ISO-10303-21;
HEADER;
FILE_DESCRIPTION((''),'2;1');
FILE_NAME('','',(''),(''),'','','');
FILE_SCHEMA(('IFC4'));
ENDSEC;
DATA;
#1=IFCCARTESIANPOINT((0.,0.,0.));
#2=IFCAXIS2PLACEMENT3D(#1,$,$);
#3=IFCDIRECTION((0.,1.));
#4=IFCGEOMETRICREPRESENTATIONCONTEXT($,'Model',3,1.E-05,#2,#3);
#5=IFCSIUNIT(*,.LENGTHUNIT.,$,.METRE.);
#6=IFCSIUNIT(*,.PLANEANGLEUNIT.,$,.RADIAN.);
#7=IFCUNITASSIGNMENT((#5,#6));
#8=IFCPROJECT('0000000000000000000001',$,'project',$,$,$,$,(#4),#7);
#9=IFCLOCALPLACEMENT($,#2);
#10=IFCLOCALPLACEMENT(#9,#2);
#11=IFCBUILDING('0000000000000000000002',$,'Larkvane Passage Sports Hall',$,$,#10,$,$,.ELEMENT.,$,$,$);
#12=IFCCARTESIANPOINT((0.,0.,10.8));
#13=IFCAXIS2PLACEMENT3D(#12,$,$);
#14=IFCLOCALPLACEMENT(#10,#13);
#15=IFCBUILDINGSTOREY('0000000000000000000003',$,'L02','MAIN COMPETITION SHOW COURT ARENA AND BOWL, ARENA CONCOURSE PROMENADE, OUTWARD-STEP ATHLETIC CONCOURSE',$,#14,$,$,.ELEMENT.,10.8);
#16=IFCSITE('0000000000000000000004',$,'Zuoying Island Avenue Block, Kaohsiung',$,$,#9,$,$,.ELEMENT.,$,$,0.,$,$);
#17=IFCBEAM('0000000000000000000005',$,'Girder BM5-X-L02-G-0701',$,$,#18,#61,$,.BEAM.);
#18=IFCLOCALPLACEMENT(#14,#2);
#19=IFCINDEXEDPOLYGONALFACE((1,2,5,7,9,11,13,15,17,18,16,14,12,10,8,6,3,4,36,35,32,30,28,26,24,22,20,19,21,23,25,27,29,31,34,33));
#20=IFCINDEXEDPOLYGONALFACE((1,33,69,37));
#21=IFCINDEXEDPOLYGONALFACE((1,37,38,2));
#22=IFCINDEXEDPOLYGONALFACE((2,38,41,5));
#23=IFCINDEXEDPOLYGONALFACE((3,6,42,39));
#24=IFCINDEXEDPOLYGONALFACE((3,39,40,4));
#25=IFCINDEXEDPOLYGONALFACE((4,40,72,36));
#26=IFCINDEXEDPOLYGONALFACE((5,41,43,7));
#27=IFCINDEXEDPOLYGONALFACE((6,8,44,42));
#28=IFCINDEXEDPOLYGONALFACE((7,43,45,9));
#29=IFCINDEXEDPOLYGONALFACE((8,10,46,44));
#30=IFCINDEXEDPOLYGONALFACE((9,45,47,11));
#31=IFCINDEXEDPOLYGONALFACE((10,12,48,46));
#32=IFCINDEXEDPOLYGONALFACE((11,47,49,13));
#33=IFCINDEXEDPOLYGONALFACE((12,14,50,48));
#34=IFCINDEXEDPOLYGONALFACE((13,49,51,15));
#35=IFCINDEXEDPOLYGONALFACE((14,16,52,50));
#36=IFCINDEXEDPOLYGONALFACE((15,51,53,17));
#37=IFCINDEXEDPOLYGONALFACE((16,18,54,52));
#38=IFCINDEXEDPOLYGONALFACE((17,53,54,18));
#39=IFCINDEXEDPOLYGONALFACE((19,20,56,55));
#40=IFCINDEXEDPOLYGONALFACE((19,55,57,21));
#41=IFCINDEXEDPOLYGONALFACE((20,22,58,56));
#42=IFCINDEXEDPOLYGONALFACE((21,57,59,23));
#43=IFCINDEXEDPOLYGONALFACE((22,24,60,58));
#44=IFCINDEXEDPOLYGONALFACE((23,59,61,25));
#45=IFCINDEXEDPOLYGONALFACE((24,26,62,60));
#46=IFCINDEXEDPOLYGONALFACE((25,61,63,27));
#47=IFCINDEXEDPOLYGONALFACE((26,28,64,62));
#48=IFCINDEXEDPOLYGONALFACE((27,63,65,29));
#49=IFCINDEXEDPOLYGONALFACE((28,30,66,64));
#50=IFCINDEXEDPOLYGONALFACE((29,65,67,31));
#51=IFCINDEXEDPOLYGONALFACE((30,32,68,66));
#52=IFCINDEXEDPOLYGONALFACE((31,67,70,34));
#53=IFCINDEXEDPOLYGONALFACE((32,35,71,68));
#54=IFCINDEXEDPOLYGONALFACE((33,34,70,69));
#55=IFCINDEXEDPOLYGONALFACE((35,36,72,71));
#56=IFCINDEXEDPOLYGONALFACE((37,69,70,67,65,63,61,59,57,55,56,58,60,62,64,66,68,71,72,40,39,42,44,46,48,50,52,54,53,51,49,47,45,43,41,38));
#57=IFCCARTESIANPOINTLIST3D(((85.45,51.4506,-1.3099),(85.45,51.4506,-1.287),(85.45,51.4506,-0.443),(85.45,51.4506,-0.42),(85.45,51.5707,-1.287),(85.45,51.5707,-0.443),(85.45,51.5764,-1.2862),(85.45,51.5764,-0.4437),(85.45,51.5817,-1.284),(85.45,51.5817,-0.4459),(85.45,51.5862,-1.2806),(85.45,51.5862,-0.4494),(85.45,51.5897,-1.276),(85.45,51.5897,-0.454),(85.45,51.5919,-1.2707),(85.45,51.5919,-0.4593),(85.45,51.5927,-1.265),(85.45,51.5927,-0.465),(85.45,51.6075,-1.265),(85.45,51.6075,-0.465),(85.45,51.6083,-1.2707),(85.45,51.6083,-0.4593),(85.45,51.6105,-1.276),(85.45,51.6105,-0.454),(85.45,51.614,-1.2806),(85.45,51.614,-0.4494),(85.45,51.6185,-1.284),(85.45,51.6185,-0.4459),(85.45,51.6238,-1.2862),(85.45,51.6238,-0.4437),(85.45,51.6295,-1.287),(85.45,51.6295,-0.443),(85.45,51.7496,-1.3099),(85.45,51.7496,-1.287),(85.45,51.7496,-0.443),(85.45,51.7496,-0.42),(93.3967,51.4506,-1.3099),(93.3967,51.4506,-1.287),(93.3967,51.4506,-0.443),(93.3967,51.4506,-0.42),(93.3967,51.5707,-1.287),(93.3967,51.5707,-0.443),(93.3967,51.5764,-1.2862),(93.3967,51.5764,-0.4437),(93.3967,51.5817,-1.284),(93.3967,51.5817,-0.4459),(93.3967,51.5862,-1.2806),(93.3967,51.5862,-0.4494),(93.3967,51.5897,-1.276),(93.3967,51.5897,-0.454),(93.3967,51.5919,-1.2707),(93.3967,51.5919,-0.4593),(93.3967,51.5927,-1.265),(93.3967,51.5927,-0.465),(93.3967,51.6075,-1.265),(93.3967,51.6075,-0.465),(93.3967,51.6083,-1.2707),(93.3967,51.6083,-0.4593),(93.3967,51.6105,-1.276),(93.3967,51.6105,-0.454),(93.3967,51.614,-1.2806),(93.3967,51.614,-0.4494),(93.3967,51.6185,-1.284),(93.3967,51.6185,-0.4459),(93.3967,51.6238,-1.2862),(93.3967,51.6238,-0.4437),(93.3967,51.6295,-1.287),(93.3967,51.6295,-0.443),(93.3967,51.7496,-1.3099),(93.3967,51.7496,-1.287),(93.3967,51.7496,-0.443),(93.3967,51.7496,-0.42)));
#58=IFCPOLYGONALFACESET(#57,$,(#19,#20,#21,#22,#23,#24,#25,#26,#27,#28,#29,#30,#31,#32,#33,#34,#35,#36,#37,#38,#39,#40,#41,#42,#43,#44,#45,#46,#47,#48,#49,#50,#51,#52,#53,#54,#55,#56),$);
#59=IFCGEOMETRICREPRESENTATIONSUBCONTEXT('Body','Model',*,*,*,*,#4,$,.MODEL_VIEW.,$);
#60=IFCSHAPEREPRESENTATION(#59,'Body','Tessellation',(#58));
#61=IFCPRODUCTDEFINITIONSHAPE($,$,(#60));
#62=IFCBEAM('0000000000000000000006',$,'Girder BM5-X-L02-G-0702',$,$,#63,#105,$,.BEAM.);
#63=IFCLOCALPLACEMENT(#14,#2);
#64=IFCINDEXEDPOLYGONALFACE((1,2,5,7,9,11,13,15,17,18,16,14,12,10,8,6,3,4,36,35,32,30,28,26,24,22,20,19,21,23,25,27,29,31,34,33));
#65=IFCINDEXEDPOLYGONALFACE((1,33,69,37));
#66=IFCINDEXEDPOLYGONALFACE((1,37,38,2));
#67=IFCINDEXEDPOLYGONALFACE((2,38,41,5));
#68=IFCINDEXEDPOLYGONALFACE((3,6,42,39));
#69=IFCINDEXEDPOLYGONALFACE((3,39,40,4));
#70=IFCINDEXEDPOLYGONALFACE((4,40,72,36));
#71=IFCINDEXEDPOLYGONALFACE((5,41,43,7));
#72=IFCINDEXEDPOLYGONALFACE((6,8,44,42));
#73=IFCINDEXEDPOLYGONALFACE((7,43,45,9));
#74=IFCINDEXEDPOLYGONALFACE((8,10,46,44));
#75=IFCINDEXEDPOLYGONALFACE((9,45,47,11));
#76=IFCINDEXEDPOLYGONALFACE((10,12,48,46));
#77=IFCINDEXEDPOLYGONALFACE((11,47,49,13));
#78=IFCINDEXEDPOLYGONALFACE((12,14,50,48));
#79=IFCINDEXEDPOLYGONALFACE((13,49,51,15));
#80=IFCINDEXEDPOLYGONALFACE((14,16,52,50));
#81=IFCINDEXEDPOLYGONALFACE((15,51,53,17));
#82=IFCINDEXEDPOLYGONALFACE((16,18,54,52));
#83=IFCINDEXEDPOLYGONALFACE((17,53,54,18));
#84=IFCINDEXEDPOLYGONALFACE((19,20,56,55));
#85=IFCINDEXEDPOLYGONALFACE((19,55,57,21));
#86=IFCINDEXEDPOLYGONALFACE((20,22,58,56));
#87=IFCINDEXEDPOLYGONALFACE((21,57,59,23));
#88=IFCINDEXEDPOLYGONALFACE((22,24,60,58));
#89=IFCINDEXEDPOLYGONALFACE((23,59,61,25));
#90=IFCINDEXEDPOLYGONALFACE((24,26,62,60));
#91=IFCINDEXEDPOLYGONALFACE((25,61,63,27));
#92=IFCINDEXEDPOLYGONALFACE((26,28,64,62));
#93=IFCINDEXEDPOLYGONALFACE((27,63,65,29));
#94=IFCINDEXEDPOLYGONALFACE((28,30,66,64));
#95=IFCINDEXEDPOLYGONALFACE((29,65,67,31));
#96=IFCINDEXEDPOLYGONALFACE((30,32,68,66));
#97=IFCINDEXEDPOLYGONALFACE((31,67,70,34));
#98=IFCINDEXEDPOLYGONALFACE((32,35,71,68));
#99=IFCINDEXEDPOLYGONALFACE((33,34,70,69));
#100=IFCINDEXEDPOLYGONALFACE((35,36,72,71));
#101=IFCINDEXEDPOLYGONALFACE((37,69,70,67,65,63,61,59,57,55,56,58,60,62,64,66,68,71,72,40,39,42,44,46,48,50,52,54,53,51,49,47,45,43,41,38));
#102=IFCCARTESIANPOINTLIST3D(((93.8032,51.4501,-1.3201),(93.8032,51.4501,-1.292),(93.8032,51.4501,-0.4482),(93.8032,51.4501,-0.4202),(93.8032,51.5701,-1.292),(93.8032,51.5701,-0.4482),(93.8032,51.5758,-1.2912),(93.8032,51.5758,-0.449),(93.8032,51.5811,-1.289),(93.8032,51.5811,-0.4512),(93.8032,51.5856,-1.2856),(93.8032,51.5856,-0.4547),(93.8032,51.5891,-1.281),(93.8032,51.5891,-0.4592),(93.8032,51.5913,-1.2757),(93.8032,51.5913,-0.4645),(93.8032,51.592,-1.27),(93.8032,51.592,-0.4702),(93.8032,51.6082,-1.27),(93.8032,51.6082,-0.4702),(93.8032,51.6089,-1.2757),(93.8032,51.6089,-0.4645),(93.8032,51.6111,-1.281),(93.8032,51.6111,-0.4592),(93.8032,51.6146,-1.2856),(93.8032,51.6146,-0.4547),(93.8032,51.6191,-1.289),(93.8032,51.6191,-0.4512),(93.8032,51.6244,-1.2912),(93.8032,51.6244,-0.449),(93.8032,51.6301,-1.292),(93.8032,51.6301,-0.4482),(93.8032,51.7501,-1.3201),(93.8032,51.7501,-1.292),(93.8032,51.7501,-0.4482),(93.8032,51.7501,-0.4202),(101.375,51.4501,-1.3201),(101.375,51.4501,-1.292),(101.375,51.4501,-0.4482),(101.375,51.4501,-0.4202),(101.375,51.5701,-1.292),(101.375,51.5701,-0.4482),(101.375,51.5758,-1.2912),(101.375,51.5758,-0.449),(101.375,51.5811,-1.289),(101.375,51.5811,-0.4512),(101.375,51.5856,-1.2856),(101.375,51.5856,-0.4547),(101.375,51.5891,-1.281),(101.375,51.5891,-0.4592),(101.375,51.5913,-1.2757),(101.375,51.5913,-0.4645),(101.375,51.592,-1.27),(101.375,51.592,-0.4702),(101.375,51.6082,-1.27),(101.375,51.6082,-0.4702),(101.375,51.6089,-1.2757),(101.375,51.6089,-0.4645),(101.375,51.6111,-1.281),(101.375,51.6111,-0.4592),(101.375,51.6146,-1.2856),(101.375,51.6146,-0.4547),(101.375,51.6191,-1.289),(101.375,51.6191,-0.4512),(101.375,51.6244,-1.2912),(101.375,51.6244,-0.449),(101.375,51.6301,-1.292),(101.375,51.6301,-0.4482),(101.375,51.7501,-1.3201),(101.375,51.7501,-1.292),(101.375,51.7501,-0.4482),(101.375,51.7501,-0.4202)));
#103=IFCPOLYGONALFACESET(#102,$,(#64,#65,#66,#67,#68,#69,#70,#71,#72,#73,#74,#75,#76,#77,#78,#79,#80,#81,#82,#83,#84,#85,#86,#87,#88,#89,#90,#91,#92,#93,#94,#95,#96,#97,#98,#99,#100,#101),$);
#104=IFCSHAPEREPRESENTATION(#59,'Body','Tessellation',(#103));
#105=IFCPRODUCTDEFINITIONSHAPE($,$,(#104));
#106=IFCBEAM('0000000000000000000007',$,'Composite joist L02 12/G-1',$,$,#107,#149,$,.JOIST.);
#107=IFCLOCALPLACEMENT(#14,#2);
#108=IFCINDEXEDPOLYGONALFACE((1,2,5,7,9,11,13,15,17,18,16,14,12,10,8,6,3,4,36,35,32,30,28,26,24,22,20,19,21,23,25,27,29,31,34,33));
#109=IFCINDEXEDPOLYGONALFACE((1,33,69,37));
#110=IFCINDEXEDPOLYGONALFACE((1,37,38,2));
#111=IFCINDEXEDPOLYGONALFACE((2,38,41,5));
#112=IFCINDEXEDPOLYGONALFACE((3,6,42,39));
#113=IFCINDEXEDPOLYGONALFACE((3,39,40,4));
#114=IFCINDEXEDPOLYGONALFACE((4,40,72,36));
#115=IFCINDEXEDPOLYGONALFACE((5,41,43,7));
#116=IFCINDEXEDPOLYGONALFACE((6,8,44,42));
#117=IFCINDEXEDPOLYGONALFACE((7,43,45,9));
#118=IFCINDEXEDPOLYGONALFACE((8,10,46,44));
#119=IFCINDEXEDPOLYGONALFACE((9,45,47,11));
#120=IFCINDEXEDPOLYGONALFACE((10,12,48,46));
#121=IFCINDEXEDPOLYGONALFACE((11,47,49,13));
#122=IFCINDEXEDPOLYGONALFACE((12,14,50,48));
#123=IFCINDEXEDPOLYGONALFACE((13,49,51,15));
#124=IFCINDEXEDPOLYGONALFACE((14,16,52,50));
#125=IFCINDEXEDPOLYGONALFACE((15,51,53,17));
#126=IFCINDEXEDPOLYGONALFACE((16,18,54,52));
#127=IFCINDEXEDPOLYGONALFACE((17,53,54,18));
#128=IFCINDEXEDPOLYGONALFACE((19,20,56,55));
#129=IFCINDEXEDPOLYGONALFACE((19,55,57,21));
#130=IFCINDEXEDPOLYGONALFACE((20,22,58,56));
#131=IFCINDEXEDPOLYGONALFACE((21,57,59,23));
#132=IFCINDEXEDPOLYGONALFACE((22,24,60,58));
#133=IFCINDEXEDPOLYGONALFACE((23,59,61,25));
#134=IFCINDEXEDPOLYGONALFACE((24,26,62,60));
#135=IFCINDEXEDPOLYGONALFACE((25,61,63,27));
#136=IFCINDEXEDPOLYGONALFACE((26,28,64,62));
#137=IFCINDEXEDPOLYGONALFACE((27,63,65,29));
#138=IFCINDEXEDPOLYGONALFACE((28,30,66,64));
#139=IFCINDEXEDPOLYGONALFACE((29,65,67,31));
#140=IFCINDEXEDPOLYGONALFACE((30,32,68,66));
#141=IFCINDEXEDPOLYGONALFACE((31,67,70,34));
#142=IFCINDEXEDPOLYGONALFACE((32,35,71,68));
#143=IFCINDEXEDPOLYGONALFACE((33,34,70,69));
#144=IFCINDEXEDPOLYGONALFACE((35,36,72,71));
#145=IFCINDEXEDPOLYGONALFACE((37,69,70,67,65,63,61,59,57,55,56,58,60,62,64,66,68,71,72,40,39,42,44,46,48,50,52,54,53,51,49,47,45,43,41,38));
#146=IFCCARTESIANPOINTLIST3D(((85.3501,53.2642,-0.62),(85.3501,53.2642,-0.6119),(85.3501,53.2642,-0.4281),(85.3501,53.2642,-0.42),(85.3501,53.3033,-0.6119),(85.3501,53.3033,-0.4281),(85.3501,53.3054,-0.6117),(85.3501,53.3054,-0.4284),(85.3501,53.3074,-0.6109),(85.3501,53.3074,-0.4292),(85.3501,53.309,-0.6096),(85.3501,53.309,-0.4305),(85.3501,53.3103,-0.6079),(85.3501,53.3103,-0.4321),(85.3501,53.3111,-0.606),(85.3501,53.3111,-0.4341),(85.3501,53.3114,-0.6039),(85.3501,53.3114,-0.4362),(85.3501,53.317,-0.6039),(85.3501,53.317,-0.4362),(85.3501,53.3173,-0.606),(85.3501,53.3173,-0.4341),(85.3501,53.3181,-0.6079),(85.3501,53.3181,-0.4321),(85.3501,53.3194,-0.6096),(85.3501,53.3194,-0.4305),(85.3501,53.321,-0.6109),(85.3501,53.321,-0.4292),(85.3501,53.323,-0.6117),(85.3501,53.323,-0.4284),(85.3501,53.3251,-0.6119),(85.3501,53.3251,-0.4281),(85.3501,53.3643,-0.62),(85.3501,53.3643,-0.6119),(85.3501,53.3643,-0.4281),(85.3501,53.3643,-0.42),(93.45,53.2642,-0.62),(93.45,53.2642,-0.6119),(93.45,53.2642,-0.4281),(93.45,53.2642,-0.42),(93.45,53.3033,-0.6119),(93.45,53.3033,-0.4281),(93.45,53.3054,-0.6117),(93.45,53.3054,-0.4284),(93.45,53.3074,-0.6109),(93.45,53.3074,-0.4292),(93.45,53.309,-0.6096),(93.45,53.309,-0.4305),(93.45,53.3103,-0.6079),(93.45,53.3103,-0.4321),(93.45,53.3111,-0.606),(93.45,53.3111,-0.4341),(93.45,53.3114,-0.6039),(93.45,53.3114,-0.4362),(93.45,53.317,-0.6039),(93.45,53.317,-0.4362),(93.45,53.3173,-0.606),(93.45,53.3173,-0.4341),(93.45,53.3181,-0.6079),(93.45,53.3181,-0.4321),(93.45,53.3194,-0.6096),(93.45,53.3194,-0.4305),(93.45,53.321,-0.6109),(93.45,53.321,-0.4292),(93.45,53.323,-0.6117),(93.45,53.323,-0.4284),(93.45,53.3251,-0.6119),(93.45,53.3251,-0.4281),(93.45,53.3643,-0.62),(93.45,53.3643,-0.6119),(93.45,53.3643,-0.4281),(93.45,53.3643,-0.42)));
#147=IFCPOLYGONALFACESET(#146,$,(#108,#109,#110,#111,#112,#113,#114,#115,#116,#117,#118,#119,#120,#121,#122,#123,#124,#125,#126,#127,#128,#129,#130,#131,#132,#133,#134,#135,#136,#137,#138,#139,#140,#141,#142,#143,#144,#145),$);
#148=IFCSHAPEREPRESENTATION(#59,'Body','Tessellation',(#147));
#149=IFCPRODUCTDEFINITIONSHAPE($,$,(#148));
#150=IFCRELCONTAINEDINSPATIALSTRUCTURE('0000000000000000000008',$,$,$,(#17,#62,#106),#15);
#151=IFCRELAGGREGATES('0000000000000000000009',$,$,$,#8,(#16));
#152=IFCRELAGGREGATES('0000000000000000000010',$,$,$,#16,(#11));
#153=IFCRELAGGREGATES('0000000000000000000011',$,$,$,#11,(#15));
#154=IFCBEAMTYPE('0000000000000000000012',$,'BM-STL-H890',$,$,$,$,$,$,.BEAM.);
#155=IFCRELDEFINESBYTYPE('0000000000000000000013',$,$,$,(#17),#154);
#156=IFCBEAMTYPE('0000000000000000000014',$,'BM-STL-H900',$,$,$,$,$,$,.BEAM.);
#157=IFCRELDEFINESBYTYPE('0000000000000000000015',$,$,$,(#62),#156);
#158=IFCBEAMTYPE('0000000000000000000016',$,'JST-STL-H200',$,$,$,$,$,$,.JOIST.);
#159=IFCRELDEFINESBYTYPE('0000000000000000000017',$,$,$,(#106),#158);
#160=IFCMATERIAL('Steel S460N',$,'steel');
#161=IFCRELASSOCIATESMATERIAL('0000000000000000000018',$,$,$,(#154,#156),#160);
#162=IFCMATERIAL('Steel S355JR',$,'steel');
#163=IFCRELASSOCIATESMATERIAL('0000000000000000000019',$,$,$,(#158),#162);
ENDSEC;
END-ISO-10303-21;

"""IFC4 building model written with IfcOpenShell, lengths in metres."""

from ifc_helpers import new_model, si_unit, direction, frame, origin, origin_2d, place, context, subcontext, project, spatial, i_section, extrude, material, material_profile, profile_set, type_object, element, save


model = new_model("IFC4")

# Units and contexts
model_context = context("Model", 3, precision=1e-05, world=origin(), true_north=direction((0.0, 1.0)))
body_context = subcontext(model_context, "Body", "Model", "MODEL_VIEW")
ifc_project = project(units=[si_unit("LENGTHUNIT", "METRE"), si_unit("PLANEANGLEUNIT", "RADIAN")], contexts=[model_context])

# Site, building, storey
site_placement = place(None, origin())
site = spatial("IfcSite", under=ifc_project, at=site_placement, Name="Zuoying Island Avenue Block, Kaohsiung", CompositionType="ELEMENT", RefElevation=0.0)
building_placement = place(site_placement, origin())
building = spatial("IfcBuilding", under=site, at=building_placement, Name="Larkvane Passage Sports Hall", CompositionType="ELEMENT")
storey_placement = place(building_placement, frame((0.0, 0.0, 10.8)))
storey = spatial("IfcBuildingStorey", under=building, at=storey_placement, Name="L02", Description="MAIN COMPETITION SHOW COURT ARENA AND BOWL, ARENA CONCOURSE PROMENADE, OUTWARD-STEP ATHLETIC CONCOURSE", CompositionType="ELEMENT", Elevation=10.8)

# Shared definitions
ifc_material_1 = material(Name="Steel S355JR", Category="steel")
ifc_material_2 = material(Name="Steel S460N", Category="steel")

# Beams
ifc_material_profile_1 = material_profile(ifc_material_2, i_section(OverallWidth=0.2991, OverallDepth=0.8899, WebThickness=0.0149, FlangeThickness=0.0229, FilletRadius=0.022, at=origin_2d()), Name="H-890x299x15x23")
ifc_profile_set_1 = profile_set([ifc_material_profile_1], Name="Steel S460N")
beam_type_1 = type_object("IfcBeamType", Name="BM-STL-H890", PredefinedType="BEAM", material=ifc_profile_set_1)
beam_1_placement = place(storey_placement, frame((85.45, 51.6001, -0.865), z_axis=(1.0, 0.0, 0.0), x_axis=(0.0, 1.0, 0.0)))
element("IfcBeam", 1, at=beam_1_placement, inside=storey, type_object=beam_type_1, Name="Girder BM5-X-L02-G-0701", PredefinedType="BEAM", context=body_context, shape_type="SweptSolid", body=[
    extrude(i_section(OverallWidth=0.2991, OverallDepth=0.8899, WebThickness=0.0149, FlangeThickness=0.0229, FilletRadius=0.022, at=origin_2d()), origin(), (0.0, 0.0, 1.0), 7.9468),
])
ifc_material_profile_2 = material_profile(ifc_material_2, i_section(OverallWidth=0.3, OverallDepth=0.8999, WebThickness=0.0161, FlangeThickness=0.0281, FilletRadius=0.022, at=origin_2d()), Name="H-900x300x16x28")
ifc_profile_set_2 = profile_set([ifc_material_profile_2], Name="Steel S460N")
beam_type_2 = type_object("IfcBeamType", Name="BM-STL-H900", PredefinedType="BEAM", material=ifc_profile_set_2)
beam_2_placement = place(storey_placement, frame((93.8032, 51.6001, -0.8701), z_axis=(1.0, 0.0, 0.0), x_axis=(0.0, 1.0, 0.0)))
element("IfcBeam", 2, at=beam_2_placement, inside=storey, type_object=beam_type_2, Name="Girder BM5-X-L02-G-0702", PredefinedType="BEAM", context=body_context, shape_type="SweptSolid", body=[
    extrude(i_section(OverallWidth=0.3, OverallDepth=0.8999, WebThickness=0.0161, FlangeThickness=0.0281, FilletRadius=0.022, at=origin_2d()), origin(), (0.0, 0.0, 1.0), 7.5718),
])
ifc_material_profile_3 = material_profile(ifc_material_1, i_section(OverallWidth=0.1001, OverallDepth=0.2, WebThickness=0.0056, FlangeThickness=0.0081, FilletRadius=0.0081, at=origin_2d()), Name="H-200x100x5.5x8")
ifc_profile_set_3 = profile_set([ifc_material_profile_3], Name="Steel S355JR")
beam_type_3 = type_object("IfcBeamType", Name="JST-STL-H200", PredefinedType="JOIST", material=ifc_profile_set_3)
beam_3_placement = place(storey_placement, frame((85.3501, 53.3142, -0.52), z_axis=(1.0, 0.0, 0.0), x_axis=(0.0, 1.0, 0.0)))
element("IfcBeam", 3, at=beam_3_placement, inside=storey, type_object=beam_type_3, Name="Composite joist L02 12/G-1", PredefinedType="JOIST", context=body_context, shape_type="SweptSolid", body=[
    extrude(i_section(OverallWidth=0.1001, OverallDepth=0.2, WebThickness=0.0056, FlangeThickness=0.0081, FilletRadius=0.0081, at=origin_2d()), origin(), (0.0, 0.0, 1.0), 8.0999),
])

save(model, "model.ifc")
